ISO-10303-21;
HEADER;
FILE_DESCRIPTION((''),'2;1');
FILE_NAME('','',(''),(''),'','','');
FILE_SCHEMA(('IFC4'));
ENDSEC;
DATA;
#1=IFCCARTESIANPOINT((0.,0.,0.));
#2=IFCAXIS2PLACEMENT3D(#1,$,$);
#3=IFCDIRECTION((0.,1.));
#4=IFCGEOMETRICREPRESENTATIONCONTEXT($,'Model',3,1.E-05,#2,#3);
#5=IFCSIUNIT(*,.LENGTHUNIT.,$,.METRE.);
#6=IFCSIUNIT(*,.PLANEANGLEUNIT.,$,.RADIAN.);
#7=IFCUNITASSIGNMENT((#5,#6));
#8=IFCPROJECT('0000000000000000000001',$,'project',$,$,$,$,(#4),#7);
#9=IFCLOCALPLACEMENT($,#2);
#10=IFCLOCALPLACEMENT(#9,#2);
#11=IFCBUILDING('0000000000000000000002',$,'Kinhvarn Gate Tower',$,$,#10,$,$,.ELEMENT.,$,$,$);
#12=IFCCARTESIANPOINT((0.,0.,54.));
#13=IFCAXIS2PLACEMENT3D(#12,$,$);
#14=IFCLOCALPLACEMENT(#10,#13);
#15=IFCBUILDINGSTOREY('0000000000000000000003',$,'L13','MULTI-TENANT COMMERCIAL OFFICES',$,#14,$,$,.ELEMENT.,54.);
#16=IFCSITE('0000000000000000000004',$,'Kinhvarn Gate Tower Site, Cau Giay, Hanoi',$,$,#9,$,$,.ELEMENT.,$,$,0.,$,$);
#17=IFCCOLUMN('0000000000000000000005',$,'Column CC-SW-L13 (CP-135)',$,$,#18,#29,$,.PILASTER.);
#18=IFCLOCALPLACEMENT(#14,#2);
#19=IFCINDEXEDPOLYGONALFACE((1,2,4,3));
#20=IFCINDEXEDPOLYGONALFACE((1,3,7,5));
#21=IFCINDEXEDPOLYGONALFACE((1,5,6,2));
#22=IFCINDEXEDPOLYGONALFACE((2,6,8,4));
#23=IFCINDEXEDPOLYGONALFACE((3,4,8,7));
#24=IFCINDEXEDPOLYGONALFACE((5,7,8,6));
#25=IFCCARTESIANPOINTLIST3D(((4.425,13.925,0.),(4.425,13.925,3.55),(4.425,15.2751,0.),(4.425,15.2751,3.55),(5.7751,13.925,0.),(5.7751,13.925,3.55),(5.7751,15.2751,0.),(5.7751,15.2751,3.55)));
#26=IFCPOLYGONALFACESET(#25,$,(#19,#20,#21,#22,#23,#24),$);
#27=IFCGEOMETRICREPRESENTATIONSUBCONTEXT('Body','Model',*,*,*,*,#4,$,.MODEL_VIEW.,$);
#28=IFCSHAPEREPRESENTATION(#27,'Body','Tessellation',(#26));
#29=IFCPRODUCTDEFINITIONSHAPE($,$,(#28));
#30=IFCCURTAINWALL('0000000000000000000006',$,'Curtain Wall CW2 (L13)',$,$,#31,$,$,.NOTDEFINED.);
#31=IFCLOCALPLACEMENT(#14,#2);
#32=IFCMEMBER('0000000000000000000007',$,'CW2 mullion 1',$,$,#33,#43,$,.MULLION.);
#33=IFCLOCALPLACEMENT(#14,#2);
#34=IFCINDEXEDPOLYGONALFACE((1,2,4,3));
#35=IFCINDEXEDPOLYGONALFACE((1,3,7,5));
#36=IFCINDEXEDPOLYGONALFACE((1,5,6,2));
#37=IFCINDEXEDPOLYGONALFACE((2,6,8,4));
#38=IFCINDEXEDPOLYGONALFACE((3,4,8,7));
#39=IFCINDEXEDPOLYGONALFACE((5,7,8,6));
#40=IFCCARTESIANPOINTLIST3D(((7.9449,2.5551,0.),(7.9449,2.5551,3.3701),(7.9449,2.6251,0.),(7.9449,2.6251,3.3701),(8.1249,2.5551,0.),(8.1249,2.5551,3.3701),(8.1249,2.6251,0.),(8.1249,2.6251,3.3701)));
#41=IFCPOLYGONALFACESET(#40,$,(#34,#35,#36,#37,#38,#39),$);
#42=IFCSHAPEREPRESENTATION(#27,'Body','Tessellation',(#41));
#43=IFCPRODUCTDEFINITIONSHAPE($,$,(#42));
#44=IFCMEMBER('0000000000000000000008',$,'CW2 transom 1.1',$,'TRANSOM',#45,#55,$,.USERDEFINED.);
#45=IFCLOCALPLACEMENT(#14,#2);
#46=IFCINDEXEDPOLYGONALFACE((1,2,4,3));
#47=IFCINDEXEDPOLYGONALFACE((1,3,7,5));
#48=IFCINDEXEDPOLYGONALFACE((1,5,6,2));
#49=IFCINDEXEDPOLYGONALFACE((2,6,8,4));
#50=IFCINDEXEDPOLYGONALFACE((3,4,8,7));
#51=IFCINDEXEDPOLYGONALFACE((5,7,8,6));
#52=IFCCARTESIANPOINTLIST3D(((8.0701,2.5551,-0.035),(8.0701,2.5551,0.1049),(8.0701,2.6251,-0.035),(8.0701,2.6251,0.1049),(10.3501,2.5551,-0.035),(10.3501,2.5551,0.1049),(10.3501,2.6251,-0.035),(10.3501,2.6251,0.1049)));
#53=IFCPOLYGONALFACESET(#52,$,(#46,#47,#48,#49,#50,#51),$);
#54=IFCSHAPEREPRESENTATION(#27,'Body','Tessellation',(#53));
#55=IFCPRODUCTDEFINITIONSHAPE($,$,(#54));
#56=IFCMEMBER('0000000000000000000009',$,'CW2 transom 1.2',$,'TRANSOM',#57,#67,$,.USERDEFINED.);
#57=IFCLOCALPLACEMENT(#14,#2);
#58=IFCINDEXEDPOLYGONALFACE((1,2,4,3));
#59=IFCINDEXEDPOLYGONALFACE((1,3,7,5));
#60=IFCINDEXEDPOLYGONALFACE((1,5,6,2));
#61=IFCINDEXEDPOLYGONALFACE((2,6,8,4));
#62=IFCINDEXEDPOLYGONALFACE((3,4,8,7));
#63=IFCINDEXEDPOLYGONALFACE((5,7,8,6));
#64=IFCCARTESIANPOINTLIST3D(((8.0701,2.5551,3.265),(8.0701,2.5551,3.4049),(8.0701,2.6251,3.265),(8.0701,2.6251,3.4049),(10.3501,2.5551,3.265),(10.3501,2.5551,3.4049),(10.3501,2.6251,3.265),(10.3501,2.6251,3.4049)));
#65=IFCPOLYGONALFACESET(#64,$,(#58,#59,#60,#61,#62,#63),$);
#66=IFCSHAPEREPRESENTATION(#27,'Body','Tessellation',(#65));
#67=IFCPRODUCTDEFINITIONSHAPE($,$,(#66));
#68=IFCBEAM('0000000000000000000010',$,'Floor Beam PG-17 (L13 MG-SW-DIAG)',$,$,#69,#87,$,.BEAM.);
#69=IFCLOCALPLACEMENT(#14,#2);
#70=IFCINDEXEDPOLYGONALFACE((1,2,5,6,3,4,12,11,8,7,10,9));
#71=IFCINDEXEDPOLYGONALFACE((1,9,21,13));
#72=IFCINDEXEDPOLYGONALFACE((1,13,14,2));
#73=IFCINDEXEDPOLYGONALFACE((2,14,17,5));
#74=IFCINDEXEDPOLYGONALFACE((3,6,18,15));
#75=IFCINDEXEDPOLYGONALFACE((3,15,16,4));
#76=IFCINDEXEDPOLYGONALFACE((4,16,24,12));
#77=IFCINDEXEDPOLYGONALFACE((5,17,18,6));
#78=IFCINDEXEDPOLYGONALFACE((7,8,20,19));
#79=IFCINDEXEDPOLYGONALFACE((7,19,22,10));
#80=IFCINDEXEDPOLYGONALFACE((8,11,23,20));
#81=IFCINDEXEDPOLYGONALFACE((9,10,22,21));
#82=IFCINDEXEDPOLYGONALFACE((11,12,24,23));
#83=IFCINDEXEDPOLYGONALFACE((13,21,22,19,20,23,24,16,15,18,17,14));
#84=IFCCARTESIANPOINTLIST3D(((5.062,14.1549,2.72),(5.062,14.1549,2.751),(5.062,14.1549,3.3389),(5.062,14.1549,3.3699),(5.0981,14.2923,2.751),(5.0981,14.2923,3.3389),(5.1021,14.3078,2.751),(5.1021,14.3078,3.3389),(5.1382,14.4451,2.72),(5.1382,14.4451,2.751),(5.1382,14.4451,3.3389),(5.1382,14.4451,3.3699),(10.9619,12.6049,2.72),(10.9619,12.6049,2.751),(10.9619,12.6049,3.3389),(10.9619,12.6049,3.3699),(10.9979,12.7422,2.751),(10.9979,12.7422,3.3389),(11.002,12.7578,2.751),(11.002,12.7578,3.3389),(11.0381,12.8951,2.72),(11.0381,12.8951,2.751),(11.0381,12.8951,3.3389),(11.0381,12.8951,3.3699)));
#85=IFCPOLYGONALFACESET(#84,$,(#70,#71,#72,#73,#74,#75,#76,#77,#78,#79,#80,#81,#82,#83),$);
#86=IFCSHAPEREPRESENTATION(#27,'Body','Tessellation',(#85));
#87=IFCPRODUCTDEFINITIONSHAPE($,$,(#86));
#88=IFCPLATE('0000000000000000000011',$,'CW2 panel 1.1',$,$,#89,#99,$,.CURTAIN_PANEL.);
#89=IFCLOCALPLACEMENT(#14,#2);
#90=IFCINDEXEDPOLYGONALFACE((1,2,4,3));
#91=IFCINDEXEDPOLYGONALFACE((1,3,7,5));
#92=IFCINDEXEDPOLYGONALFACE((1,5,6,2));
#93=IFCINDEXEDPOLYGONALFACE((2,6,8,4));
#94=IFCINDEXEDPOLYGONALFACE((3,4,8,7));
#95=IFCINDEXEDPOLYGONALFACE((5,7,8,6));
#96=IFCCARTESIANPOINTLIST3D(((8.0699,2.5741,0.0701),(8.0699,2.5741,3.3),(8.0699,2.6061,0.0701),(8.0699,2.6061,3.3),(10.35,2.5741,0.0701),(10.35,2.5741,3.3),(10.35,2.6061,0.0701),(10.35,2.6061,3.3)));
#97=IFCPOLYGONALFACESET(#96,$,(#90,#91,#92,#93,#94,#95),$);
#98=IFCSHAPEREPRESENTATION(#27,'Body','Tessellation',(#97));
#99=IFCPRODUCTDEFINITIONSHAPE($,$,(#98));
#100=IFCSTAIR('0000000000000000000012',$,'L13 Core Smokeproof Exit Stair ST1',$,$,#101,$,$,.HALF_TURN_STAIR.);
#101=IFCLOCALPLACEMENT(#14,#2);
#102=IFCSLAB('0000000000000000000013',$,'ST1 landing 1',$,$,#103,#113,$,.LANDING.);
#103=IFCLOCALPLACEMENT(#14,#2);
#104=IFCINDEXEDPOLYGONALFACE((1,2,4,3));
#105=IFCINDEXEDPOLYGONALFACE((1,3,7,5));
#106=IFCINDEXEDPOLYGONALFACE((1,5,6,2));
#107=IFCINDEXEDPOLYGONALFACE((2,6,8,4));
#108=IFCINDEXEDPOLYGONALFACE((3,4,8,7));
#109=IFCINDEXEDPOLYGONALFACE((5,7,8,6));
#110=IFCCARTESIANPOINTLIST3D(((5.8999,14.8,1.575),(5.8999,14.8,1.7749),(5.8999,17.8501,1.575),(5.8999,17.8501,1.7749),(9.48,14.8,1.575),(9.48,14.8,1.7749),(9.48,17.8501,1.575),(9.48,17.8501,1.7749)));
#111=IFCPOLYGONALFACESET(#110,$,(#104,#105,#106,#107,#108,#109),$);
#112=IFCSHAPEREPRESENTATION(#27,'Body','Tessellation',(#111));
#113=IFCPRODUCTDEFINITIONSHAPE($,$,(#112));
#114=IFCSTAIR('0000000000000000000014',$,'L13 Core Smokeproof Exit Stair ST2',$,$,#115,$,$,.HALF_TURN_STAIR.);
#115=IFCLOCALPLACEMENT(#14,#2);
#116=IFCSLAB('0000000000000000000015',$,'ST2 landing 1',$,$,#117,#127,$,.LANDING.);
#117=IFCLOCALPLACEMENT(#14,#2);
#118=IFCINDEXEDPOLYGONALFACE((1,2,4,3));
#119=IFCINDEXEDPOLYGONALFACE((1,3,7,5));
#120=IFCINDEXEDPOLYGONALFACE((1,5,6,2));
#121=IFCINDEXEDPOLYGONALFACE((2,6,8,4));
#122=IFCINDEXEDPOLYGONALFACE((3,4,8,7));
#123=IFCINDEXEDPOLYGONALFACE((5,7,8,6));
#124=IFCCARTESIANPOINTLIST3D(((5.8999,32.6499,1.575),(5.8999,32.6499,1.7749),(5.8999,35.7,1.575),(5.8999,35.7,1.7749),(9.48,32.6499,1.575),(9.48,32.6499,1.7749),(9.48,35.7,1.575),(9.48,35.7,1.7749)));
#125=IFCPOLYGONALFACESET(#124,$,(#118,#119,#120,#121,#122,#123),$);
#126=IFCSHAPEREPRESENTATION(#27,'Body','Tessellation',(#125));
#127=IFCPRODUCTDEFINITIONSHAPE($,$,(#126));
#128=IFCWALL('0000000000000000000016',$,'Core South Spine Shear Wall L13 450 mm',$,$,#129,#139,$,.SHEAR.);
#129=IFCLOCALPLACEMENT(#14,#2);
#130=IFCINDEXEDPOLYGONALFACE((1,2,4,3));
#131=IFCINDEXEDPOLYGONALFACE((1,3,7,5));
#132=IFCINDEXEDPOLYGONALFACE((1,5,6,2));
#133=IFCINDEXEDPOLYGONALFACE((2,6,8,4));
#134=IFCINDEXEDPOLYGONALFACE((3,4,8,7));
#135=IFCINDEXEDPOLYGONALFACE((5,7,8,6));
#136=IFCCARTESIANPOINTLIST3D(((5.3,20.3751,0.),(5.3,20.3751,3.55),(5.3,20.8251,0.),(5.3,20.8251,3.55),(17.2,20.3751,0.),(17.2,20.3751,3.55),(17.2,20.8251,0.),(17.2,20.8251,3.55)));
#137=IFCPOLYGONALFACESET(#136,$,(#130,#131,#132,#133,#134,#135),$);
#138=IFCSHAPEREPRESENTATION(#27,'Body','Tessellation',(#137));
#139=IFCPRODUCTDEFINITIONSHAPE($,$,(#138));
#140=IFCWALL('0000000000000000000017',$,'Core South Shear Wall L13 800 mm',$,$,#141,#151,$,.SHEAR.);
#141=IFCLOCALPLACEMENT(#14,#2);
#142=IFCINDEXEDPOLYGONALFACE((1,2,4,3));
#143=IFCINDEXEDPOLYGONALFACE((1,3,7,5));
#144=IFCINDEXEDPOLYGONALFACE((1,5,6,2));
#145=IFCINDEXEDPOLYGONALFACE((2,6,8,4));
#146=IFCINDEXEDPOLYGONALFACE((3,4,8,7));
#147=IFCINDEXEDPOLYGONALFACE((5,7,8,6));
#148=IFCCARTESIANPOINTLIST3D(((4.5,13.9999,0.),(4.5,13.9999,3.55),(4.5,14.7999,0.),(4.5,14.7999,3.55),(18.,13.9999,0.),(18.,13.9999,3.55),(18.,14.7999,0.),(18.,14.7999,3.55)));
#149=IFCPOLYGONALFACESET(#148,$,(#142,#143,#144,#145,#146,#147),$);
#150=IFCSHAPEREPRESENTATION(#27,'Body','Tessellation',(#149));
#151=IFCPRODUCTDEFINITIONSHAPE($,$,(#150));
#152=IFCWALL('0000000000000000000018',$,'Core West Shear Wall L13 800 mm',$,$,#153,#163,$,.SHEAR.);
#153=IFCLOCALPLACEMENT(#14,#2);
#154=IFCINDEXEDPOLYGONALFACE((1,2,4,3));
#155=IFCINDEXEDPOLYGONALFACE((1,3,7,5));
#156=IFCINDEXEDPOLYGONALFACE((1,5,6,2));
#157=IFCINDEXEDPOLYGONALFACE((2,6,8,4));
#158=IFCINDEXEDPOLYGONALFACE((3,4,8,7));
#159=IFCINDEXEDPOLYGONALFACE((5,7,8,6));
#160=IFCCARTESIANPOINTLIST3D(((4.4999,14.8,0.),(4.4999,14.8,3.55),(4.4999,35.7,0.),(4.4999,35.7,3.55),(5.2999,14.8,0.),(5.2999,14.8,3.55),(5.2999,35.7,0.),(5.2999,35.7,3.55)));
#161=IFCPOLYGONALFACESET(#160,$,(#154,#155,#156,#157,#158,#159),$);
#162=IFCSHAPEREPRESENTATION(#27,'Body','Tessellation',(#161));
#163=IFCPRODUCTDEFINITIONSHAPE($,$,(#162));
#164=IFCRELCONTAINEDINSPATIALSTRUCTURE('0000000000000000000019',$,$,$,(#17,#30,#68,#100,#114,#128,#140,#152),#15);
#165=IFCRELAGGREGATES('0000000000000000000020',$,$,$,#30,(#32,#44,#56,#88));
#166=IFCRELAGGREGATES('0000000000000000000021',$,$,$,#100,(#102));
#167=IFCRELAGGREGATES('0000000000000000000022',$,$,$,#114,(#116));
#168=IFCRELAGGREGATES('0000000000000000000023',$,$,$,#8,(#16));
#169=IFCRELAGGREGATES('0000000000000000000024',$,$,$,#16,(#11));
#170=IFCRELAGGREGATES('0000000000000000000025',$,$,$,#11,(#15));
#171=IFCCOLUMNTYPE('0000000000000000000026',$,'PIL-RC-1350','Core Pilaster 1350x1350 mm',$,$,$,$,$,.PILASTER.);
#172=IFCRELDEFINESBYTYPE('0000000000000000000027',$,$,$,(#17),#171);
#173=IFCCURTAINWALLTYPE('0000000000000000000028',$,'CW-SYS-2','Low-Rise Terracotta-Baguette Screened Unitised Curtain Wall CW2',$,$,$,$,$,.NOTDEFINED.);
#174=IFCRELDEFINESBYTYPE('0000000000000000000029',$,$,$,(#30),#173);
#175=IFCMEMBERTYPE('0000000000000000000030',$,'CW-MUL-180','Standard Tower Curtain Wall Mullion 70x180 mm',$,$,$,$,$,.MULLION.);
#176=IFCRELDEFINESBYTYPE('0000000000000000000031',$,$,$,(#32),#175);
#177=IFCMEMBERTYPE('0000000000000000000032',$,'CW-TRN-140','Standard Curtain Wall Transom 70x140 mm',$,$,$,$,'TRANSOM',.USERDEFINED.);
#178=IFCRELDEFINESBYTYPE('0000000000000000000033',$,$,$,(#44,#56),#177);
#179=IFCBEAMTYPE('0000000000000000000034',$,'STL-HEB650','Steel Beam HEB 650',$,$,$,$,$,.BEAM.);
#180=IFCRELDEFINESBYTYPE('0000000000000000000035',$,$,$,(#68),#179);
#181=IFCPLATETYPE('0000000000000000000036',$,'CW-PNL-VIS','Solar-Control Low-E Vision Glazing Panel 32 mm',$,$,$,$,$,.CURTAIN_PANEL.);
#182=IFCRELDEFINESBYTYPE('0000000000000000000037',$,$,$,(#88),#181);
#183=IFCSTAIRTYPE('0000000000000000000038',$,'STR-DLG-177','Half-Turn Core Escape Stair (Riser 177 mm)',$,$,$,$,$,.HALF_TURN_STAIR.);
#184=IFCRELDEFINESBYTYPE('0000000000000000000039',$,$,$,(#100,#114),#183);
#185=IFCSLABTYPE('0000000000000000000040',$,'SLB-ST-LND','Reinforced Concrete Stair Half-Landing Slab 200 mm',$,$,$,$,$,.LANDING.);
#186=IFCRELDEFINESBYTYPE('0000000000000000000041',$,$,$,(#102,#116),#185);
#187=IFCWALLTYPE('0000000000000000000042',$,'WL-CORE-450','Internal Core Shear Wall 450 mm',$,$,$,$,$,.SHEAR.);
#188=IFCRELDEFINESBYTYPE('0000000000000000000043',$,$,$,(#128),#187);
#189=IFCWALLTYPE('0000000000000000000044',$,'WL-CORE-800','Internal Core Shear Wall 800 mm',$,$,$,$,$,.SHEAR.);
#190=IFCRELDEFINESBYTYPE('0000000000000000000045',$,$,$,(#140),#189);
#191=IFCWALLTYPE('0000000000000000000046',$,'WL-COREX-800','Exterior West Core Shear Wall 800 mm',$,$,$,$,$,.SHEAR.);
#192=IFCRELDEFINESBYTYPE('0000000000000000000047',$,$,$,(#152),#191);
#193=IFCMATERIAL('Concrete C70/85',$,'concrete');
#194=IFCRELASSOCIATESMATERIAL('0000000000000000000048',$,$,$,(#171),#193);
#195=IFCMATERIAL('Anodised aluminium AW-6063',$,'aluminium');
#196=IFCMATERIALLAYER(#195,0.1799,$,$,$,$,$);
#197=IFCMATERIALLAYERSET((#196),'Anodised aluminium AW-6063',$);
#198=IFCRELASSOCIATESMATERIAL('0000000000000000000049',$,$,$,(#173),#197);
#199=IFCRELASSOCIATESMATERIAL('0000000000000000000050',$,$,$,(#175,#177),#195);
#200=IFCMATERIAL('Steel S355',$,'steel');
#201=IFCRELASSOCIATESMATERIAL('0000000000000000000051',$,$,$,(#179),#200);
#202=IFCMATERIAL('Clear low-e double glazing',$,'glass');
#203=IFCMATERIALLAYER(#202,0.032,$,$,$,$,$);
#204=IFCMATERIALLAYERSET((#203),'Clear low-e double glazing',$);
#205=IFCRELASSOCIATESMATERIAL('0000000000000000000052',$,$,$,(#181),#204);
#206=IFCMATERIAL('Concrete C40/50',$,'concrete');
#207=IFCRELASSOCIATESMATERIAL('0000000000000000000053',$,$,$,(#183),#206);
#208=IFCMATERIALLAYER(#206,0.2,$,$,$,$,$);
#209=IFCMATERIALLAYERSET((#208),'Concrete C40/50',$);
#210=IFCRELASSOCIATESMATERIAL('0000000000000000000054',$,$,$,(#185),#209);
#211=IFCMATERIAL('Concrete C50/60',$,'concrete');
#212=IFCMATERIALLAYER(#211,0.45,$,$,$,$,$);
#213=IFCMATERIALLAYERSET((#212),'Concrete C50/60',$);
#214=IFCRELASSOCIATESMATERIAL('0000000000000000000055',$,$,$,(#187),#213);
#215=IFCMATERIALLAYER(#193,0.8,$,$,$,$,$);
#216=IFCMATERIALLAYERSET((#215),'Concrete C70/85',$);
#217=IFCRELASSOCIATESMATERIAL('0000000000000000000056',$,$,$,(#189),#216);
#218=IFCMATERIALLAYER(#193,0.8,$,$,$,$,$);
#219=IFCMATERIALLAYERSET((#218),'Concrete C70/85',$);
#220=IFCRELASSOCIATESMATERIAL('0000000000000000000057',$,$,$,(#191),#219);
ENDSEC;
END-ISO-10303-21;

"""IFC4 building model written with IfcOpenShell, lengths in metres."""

from ifc_helpers import new_model, si_unit, direction, frame, frame_2d, origin, origin_2d, place, context, subcontext, project, spatial, polyline, rectangle, i_section, outline, extrude, material, layer, layer_set, material_profile, profile_set, type_object, element, aggregate, save


model = new_model("IFC4")

# Units and contexts
model_context = context("Model", 3, precision=1e-05, world=origin(), true_north=direction((0.0, 1.0)))
body_context = subcontext(model_context, "Body", "Model", "MODEL_VIEW")
ifc_project = project(units=[si_unit("LENGTHUNIT", "METRE"), si_unit("PLANEANGLEUNIT", "RADIAN")], contexts=[model_context])

# Site, building, storey
site_placement = place(None, origin())
site = spatial("IfcSite", under=ifc_project, at=site_placement, Name="Kinhvarn Gate Tower Site, Cau Giay, Hanoi", CompositionType="ELEMENT", RefElevation=0.0)
building_placement = place(site_placement, origin())
building = spatial("IfcBuilding", under=site, at=building_placement, Name="Kinhvarn Gate Tower", CompositionType="ELEMENT")
storey_placement = place(building_placement, frame((0.0, 0.0, 54.0)))
storey = spatial("IfcBuildingStorey", under=building, at=storey_placement, Name="L13", Description="MULTI-TENANT COMMERCIAL OFFICES", CompositionType="ELEMENT", Elevation=54.0)

# Column
ifc_material_1 = material(Name="Concrete C70/85", Category="concrete")
ifc_material_profile_1 = material_profile(ifc_material_1, rectangle(XDim=1.3501, YDim=1.3501, at=origin_2d()), Name="RC 1350x1350")
ifc_profile_set_1 = profile_set([ifc_material_profile_1], Name="Concrete C70/85")
column_type = type_object("IfcColumnType", Name="PIL-RC-1350", Description="Core Pilaster 1350x1350 mm", PredefinedType="PILASTER", material=ifc_profile_set_1)
column_placement = place(storey_placement, frame((5.1001, 14.6001, 0.0), z_axis=(0.0, 0.0, 1.0), x_axis=(1.0, 0.0, 0.0)))
element("IfcColumn", 1, at=column_placement, inside=storey, type_object=column_type, Name="Column CC-SW-L13 (CP-135)", PredefinedType="PILASTER", context=body_context, shape_type="SweptSolid", body=[
    extrude(rectangle(XDim=1.3501, YDim=1.3501, at=origin_2d()), origin(), (0.0, 0.0, 1.0), 3.55),
])

# Curtain wall, members
ifc_material_2 = material(Name="Anodised aluminium AW-6063", Category="aluminium")
ifc_layer_1 = layer(ifc_material_2, 0.1799)
ifc_layer_set_1 = layer_set([ifc_layer_1], Name="Anodised aluminium AW-6063")
curtain_wall_type = type_object("IfcCurtainWallType", Name="CW-SYS-2", Description="Low-Rise Terracotta-Baguette Screened Unitised Curtain Wall CW2", PredefinedType="NOTDEFINED", material=ifc_layer_set_1)
curtain_wall_placement = place(storey_placement, origin())
curtain_wall = element("IfcCurtainWall", 2, at=curtain_wall_placement, inside=storey, type_object=curtain_wall_type, Name="Curtain Wall CW2 (L13)", PredefinedType="NOTDEFINED")
ifc_material_profile_2 = material_profile(ifc_material_2, rectangle(XDim=0.0701, YDim=0.1799, at=origin_2d()), Name="ALU 70x180")
ifc_profile_set_2 = profile_set([ifc_material_profile_2], Name="Anodised aluminium AW-6063")
member_type_1 = type_object("IfcMemberType", Name="CW-MUL-180", Description="Standard Tower Curtain Wall Mullion 70x180 mm", PredefinedType="MULLION", material=ifc_profile_set_2)
member_1_placement = place(storey_placement, frame((8.0349, 2.5901, 0.0), z_axis=(0.0, 0.0, 1.0), x_axis=(0.0, 1.0, 0.0)))
member_1 = element("IfcMember", 3, at=member_1_placement, type_object=member_type_1, Name="CW2 mullion 1", PredefinedType="MULLION", context=body_context, shape_type="SweptSolid", body=[
    extrude(rectangle(XDim=0.0701, YDim=0.1799, at=origin_2d()), origin(), (0.0, 0.0, 1.0), 3.3701),
])
ifc_material_profile_3 = material_profile(ifc_material_2, rectangle(XDim=0.0701, YDim=0.1399, at=origin_2d()), Name="ALU 70x140")
ifc_profile_set_3 = profile_set([ifc_material_profile_3], Name="Anodised aluminium AW-6063")
member_type_2 = type_object("IfcMemberType", Name="CW-TRN-140", Description="Standard Curtain Wall Transom 70x140 mm", ElementType="TRANSOM", PredefinedType="USERDEFINED", material=ifc_profile_set_3)
member_2_placement = place(storey_placement, frame((8.0701, 2.5901, 0.0349), z_axis=(1.0, 0.0, 0.0), x_axis=(0.0, 1.0, 0.0)))
member_2 = element("IfcMember", 4, at=member_2_placement, type_object=member_type_2, Name="CW2 transom 1.1", ObjectType="TRANSOM", PredefinedType="USERDEFINED", context=body_context, shape_type="SweptSolid", body=[
    extrude(rectangle(XDim=0.0701, YDim=0.1399, at=origin_2d()), origin(), (0.0, 0.0, 1.0), 2.28),
])
member_3_placement = place(storey_placement, frame((8.0701, 2.5901, 3.335), z_axis=(1.0, 0.0, 0.0), x_axis=(0.0, 1.0, 0.0)))
member_3 = element("IfcMember", 5, at=member_3_placement, type_object=member_type_2, Name="CW2 transom 1.2", ObjectType="TRANSOM", PredefinedType="USERDEFINED", context=body_context, shape_type="SweptSolid", body=[
    extrude(rectangle(XDim=0.0701, YDim=0.1399, at=origin_2d()), origin(), (0.0, 0.0, 1.0), 2.28),
])

# Beam
ifc_material_3 = material(Name="Steel S355", Category="steel")
ifc_material_profile_4 = material_profile(ifc_material_3, i_section(OverallWidth=0.3, OverallDepth=0.6499, WebThickness=0.0161, FlangeThickness=0.031, at=origin_2d()), Name="HEB 650")
ifc_profile_set_4 = profile_set([ifc_material_profile_4], Name="Steel S355")
beam_type = type_object("IfcBeamType", Name="STL-HEB650", Description="Steel Beam HEB 650", PredefinedType="BEAM", material=ifc_profile_set_4)
beam_placement = place(storey_placement, frame((5.1001, 14.3, 3.0449), z_axis=(0.967178, -0.254101, 0.0), x_axis=(0.254101, 0.967178, 0.0)))
element("IfcBeam", 6, at=beam_placement, inside=storey, type_object=beam_type, Name="Floor Beam PG-17 (L13 MG-SW-DIAG)", PredefinedType="BEAM", context=body_context, shape_type="SweptSolid", body=[
    extrude(i_section(OverallWidth=0.3, OverallDepth=0.6499, WebThickness=0.0161, FlangeThickness=0.031, at=origin_2d()), origin(), (0.0, 0.0, 1.0), 6.1001),
])

# Plate
ifc_material_4 = material(Name="Clear low-e double glazing", Category="glass")
ifc_layer_2 = layer(ifc_material_4, 0.032)
ifc_layer_set_2 = layer_set([ifc_layer_2], Name="Clear low-e double glazing")
plate_type = type_object("IfcPlateType", Name="CW-PNL-VIS", Description="Solar-Control Low-E Vision Glazing Panel 32 mm", PredefinedType="CURTAIN_PANEL", material=ifc_layer_set_2)
plate_placement = place(storey_placement, frame((9.21, 2.5901, 0.0701), z_axis=(0.0, 0.0, 1.0), x_axis=(1.0, 0.0, 0.0)))
plate = element("IfcPlate", 7, at=plate_placement, type_object=plate_type, Name="CW2 panel 1.1", PredefinedType="CURTAIN_PANEL", context=body_context, shape_type="SweptSolid", body=[
    extrude(rectangle(XDim=2.28, YDim=0.032, at=origin_2d()), origin(), (0.0, 0.0, 1.0), 3.23),
])
aggregate(curtain_wall, [member_1, member_2, member_3, plate])

# Stairs, slabs
ifc_material_5 = material(Name="Concrete C40/50", Category="concrete")
stair_type = type_object("IfcStairType", Name="STR-DLG-177", Description="Half-Turn Core Escape Stair (Riser 177 mm)", PredefinedType="HALF_TURN_STAIR", material=ifc_material_5)
stair_1_placement = place(storey_placement, origin())
stair_1 = element("IfcStair", 8, at=stair_1_placement, inside=storey, type_object=stair_type, Name="L13 Core Smokeproof Exit Stair ST1", PredefinedType="HALF_TURN_STAIR")
ifc_layer_3 = layer(ifc_material_5, 0.2)
ifc_layer_set_3 = layer_set([ifc_layer_3], Name="Concrete C40/50")
slab_type = type_object("IfcSlabType", Name="SLB-ST-LND", Description="Reinforced Concrete Stair Half-Landing Slab 200 mm", PredefinedType="LANDING", material=ifc_layer_set_3)
slab_1_placement = place(storey_placement, frame((0.0, 0.0, 1.575)))
slab_1 = element("IfcSlab", 9, at=slab_1_placement, type_object=slab_type, Name="ST1 landing 1", PredefinedType="LANDING", context=body_context, shape_type="SweptSolid", body=[
    extrude(outline(polyline([(9.48, 17.8501), (5.8999, 17.8501), (5.8999, 14.8), (9.48, 14.8), (9.48, 17.8501)])), origin(), (0.0, 0.0, 1.0), 0.2),
])
aggregate(stair_1, [slab_1])
stair_2_placement = place(storey_placement, origin())
stair_2 = element("IfcStair", 10, at=stair_2_placement, inside=storey, type_object=stair_type, Name="L13 Core Smokeproof Exit Stair ST2", PredefinedType="HALF_TURN_STAIR")
slab_2_placement = place(storey_placement, frame((0.0, 0.0, 1.575)))
slab_2 = element("IfcSlab", 11, at=slab_2_placement, type_object=slab_type, Name="ST2 landing 1", PredefinedType="LANDING", context=body_context, shape_type="SweptSolid", body=[
    extrude(outline(polyline([(9.48, 35.7), (5.8999, 35.7), (5.8999, 32.6499), (9.48, 32.6499), (9.48, 35.7)])), origin(), (0.0, 0.0, 1.0), 0.2),
])
aggregate(stair_2, [slab_2])

# Walls
ifc_material_6 = material(Name="Concrete C50/60", Category="concrete")
ifc_layer_4 = layer(ifc_material_6, 0.45)
ifc_layer_set_4 = layer_set([ifc_layer_4], Name="Concrete C50/60")
wall_type_1 = type_object("IfcWallType", Name="WL-CORE-450", Description="Internal Core Shear Wall 450 mm", PredefinedType="SHEAR", material=ifc_layer_set_4)
wall_1_placement = place(storey_placement, frame((5.3, 20.6001, 0.0), z_axis=(0.0, 0.0, 1.0), x_axis=(1.0, 0.0, 0.0)))
element("IfcWall", 12, at=wall_1_placement, inside=storey, type_object=wall_type_1, Name="Core South Spine Shear Wall L13 450 mm", PredefinedType="SHEAR", context=body_context, shape_type="SweptSolid", body=[
    extrude(rectangle(XDim=11.8999, YDim=0.45, at=frame_2d((5.95, 0.0))), origin(), (0.0, 0.0, 1.0), 3.55),
])
ifc_layer_5 = layer(ifc_material_1, 0.8)
ifc_layer_set_5 = layer_set([ifc_layer_5], Name="Concrete C70/85")
wall_type_2 = type_object("IfcWallType", Name="WL-CORE-800", Description="Internal Core Shear Wall 800 mm", PredefinedType="SHEAR", material=ifc_layer_set_5)
wall_2_placement = place(storey_placement, frame((4.5, 14.3999, 0.0), z_axis=(0.0, 0.0, 1.0), x_axis=(1.0, 0.0, 0.0)))
element("IfcWall", 13, at=wall_2_placement, inside=storey, type_object=wall_type_2, Name="Core South Shear Wall L13 800 mm", PredefinedType="SHEAR", context=body_context, shape_type="SweptSolid", body=[
    extrude(rectangle(XDim=13.5, YDim=0.8, at=frame_2d((6.75, 0.0))), origin(), (0.0, 0.0, 1.0), 3.55),
])
ifc_layer_6 = layer(ifc_material_1, 0.8)
ifc_layer_set_6 = layer_set([ifc_layer_6], Name="Concrete C70/85")
wall_type_3 = type_object("IfcWallType", Name="WL-COREX-800", Description="Exterior West Core Shear Wall 800 mm", PredefinedType="SHEAR", material=ifc_layer_set_6)
wall_3_placement = place(storey_placement, frame((4.8999, 14.8, 0.0), z_axis=(0.0, 0.0, 1.0), x_axis=(0.0, 1.0, 0.0)))
element("IfcWall", 14, at=wall_3_placement, inside=storey, type_object=wall_type_3, Name="Core West Shear Wall L13 800 mm", PredefinedType="SHEAR", context=body_context, shape_type="SweptSolid", body=[
    extrude(rectangle(XDim=20.8999, YDim=0.8, at=frame_2d((10.45, 0.0))), origin(), (0.0, 0.0, 1.0), 3.55),
])

save(model, "model.ifc")
